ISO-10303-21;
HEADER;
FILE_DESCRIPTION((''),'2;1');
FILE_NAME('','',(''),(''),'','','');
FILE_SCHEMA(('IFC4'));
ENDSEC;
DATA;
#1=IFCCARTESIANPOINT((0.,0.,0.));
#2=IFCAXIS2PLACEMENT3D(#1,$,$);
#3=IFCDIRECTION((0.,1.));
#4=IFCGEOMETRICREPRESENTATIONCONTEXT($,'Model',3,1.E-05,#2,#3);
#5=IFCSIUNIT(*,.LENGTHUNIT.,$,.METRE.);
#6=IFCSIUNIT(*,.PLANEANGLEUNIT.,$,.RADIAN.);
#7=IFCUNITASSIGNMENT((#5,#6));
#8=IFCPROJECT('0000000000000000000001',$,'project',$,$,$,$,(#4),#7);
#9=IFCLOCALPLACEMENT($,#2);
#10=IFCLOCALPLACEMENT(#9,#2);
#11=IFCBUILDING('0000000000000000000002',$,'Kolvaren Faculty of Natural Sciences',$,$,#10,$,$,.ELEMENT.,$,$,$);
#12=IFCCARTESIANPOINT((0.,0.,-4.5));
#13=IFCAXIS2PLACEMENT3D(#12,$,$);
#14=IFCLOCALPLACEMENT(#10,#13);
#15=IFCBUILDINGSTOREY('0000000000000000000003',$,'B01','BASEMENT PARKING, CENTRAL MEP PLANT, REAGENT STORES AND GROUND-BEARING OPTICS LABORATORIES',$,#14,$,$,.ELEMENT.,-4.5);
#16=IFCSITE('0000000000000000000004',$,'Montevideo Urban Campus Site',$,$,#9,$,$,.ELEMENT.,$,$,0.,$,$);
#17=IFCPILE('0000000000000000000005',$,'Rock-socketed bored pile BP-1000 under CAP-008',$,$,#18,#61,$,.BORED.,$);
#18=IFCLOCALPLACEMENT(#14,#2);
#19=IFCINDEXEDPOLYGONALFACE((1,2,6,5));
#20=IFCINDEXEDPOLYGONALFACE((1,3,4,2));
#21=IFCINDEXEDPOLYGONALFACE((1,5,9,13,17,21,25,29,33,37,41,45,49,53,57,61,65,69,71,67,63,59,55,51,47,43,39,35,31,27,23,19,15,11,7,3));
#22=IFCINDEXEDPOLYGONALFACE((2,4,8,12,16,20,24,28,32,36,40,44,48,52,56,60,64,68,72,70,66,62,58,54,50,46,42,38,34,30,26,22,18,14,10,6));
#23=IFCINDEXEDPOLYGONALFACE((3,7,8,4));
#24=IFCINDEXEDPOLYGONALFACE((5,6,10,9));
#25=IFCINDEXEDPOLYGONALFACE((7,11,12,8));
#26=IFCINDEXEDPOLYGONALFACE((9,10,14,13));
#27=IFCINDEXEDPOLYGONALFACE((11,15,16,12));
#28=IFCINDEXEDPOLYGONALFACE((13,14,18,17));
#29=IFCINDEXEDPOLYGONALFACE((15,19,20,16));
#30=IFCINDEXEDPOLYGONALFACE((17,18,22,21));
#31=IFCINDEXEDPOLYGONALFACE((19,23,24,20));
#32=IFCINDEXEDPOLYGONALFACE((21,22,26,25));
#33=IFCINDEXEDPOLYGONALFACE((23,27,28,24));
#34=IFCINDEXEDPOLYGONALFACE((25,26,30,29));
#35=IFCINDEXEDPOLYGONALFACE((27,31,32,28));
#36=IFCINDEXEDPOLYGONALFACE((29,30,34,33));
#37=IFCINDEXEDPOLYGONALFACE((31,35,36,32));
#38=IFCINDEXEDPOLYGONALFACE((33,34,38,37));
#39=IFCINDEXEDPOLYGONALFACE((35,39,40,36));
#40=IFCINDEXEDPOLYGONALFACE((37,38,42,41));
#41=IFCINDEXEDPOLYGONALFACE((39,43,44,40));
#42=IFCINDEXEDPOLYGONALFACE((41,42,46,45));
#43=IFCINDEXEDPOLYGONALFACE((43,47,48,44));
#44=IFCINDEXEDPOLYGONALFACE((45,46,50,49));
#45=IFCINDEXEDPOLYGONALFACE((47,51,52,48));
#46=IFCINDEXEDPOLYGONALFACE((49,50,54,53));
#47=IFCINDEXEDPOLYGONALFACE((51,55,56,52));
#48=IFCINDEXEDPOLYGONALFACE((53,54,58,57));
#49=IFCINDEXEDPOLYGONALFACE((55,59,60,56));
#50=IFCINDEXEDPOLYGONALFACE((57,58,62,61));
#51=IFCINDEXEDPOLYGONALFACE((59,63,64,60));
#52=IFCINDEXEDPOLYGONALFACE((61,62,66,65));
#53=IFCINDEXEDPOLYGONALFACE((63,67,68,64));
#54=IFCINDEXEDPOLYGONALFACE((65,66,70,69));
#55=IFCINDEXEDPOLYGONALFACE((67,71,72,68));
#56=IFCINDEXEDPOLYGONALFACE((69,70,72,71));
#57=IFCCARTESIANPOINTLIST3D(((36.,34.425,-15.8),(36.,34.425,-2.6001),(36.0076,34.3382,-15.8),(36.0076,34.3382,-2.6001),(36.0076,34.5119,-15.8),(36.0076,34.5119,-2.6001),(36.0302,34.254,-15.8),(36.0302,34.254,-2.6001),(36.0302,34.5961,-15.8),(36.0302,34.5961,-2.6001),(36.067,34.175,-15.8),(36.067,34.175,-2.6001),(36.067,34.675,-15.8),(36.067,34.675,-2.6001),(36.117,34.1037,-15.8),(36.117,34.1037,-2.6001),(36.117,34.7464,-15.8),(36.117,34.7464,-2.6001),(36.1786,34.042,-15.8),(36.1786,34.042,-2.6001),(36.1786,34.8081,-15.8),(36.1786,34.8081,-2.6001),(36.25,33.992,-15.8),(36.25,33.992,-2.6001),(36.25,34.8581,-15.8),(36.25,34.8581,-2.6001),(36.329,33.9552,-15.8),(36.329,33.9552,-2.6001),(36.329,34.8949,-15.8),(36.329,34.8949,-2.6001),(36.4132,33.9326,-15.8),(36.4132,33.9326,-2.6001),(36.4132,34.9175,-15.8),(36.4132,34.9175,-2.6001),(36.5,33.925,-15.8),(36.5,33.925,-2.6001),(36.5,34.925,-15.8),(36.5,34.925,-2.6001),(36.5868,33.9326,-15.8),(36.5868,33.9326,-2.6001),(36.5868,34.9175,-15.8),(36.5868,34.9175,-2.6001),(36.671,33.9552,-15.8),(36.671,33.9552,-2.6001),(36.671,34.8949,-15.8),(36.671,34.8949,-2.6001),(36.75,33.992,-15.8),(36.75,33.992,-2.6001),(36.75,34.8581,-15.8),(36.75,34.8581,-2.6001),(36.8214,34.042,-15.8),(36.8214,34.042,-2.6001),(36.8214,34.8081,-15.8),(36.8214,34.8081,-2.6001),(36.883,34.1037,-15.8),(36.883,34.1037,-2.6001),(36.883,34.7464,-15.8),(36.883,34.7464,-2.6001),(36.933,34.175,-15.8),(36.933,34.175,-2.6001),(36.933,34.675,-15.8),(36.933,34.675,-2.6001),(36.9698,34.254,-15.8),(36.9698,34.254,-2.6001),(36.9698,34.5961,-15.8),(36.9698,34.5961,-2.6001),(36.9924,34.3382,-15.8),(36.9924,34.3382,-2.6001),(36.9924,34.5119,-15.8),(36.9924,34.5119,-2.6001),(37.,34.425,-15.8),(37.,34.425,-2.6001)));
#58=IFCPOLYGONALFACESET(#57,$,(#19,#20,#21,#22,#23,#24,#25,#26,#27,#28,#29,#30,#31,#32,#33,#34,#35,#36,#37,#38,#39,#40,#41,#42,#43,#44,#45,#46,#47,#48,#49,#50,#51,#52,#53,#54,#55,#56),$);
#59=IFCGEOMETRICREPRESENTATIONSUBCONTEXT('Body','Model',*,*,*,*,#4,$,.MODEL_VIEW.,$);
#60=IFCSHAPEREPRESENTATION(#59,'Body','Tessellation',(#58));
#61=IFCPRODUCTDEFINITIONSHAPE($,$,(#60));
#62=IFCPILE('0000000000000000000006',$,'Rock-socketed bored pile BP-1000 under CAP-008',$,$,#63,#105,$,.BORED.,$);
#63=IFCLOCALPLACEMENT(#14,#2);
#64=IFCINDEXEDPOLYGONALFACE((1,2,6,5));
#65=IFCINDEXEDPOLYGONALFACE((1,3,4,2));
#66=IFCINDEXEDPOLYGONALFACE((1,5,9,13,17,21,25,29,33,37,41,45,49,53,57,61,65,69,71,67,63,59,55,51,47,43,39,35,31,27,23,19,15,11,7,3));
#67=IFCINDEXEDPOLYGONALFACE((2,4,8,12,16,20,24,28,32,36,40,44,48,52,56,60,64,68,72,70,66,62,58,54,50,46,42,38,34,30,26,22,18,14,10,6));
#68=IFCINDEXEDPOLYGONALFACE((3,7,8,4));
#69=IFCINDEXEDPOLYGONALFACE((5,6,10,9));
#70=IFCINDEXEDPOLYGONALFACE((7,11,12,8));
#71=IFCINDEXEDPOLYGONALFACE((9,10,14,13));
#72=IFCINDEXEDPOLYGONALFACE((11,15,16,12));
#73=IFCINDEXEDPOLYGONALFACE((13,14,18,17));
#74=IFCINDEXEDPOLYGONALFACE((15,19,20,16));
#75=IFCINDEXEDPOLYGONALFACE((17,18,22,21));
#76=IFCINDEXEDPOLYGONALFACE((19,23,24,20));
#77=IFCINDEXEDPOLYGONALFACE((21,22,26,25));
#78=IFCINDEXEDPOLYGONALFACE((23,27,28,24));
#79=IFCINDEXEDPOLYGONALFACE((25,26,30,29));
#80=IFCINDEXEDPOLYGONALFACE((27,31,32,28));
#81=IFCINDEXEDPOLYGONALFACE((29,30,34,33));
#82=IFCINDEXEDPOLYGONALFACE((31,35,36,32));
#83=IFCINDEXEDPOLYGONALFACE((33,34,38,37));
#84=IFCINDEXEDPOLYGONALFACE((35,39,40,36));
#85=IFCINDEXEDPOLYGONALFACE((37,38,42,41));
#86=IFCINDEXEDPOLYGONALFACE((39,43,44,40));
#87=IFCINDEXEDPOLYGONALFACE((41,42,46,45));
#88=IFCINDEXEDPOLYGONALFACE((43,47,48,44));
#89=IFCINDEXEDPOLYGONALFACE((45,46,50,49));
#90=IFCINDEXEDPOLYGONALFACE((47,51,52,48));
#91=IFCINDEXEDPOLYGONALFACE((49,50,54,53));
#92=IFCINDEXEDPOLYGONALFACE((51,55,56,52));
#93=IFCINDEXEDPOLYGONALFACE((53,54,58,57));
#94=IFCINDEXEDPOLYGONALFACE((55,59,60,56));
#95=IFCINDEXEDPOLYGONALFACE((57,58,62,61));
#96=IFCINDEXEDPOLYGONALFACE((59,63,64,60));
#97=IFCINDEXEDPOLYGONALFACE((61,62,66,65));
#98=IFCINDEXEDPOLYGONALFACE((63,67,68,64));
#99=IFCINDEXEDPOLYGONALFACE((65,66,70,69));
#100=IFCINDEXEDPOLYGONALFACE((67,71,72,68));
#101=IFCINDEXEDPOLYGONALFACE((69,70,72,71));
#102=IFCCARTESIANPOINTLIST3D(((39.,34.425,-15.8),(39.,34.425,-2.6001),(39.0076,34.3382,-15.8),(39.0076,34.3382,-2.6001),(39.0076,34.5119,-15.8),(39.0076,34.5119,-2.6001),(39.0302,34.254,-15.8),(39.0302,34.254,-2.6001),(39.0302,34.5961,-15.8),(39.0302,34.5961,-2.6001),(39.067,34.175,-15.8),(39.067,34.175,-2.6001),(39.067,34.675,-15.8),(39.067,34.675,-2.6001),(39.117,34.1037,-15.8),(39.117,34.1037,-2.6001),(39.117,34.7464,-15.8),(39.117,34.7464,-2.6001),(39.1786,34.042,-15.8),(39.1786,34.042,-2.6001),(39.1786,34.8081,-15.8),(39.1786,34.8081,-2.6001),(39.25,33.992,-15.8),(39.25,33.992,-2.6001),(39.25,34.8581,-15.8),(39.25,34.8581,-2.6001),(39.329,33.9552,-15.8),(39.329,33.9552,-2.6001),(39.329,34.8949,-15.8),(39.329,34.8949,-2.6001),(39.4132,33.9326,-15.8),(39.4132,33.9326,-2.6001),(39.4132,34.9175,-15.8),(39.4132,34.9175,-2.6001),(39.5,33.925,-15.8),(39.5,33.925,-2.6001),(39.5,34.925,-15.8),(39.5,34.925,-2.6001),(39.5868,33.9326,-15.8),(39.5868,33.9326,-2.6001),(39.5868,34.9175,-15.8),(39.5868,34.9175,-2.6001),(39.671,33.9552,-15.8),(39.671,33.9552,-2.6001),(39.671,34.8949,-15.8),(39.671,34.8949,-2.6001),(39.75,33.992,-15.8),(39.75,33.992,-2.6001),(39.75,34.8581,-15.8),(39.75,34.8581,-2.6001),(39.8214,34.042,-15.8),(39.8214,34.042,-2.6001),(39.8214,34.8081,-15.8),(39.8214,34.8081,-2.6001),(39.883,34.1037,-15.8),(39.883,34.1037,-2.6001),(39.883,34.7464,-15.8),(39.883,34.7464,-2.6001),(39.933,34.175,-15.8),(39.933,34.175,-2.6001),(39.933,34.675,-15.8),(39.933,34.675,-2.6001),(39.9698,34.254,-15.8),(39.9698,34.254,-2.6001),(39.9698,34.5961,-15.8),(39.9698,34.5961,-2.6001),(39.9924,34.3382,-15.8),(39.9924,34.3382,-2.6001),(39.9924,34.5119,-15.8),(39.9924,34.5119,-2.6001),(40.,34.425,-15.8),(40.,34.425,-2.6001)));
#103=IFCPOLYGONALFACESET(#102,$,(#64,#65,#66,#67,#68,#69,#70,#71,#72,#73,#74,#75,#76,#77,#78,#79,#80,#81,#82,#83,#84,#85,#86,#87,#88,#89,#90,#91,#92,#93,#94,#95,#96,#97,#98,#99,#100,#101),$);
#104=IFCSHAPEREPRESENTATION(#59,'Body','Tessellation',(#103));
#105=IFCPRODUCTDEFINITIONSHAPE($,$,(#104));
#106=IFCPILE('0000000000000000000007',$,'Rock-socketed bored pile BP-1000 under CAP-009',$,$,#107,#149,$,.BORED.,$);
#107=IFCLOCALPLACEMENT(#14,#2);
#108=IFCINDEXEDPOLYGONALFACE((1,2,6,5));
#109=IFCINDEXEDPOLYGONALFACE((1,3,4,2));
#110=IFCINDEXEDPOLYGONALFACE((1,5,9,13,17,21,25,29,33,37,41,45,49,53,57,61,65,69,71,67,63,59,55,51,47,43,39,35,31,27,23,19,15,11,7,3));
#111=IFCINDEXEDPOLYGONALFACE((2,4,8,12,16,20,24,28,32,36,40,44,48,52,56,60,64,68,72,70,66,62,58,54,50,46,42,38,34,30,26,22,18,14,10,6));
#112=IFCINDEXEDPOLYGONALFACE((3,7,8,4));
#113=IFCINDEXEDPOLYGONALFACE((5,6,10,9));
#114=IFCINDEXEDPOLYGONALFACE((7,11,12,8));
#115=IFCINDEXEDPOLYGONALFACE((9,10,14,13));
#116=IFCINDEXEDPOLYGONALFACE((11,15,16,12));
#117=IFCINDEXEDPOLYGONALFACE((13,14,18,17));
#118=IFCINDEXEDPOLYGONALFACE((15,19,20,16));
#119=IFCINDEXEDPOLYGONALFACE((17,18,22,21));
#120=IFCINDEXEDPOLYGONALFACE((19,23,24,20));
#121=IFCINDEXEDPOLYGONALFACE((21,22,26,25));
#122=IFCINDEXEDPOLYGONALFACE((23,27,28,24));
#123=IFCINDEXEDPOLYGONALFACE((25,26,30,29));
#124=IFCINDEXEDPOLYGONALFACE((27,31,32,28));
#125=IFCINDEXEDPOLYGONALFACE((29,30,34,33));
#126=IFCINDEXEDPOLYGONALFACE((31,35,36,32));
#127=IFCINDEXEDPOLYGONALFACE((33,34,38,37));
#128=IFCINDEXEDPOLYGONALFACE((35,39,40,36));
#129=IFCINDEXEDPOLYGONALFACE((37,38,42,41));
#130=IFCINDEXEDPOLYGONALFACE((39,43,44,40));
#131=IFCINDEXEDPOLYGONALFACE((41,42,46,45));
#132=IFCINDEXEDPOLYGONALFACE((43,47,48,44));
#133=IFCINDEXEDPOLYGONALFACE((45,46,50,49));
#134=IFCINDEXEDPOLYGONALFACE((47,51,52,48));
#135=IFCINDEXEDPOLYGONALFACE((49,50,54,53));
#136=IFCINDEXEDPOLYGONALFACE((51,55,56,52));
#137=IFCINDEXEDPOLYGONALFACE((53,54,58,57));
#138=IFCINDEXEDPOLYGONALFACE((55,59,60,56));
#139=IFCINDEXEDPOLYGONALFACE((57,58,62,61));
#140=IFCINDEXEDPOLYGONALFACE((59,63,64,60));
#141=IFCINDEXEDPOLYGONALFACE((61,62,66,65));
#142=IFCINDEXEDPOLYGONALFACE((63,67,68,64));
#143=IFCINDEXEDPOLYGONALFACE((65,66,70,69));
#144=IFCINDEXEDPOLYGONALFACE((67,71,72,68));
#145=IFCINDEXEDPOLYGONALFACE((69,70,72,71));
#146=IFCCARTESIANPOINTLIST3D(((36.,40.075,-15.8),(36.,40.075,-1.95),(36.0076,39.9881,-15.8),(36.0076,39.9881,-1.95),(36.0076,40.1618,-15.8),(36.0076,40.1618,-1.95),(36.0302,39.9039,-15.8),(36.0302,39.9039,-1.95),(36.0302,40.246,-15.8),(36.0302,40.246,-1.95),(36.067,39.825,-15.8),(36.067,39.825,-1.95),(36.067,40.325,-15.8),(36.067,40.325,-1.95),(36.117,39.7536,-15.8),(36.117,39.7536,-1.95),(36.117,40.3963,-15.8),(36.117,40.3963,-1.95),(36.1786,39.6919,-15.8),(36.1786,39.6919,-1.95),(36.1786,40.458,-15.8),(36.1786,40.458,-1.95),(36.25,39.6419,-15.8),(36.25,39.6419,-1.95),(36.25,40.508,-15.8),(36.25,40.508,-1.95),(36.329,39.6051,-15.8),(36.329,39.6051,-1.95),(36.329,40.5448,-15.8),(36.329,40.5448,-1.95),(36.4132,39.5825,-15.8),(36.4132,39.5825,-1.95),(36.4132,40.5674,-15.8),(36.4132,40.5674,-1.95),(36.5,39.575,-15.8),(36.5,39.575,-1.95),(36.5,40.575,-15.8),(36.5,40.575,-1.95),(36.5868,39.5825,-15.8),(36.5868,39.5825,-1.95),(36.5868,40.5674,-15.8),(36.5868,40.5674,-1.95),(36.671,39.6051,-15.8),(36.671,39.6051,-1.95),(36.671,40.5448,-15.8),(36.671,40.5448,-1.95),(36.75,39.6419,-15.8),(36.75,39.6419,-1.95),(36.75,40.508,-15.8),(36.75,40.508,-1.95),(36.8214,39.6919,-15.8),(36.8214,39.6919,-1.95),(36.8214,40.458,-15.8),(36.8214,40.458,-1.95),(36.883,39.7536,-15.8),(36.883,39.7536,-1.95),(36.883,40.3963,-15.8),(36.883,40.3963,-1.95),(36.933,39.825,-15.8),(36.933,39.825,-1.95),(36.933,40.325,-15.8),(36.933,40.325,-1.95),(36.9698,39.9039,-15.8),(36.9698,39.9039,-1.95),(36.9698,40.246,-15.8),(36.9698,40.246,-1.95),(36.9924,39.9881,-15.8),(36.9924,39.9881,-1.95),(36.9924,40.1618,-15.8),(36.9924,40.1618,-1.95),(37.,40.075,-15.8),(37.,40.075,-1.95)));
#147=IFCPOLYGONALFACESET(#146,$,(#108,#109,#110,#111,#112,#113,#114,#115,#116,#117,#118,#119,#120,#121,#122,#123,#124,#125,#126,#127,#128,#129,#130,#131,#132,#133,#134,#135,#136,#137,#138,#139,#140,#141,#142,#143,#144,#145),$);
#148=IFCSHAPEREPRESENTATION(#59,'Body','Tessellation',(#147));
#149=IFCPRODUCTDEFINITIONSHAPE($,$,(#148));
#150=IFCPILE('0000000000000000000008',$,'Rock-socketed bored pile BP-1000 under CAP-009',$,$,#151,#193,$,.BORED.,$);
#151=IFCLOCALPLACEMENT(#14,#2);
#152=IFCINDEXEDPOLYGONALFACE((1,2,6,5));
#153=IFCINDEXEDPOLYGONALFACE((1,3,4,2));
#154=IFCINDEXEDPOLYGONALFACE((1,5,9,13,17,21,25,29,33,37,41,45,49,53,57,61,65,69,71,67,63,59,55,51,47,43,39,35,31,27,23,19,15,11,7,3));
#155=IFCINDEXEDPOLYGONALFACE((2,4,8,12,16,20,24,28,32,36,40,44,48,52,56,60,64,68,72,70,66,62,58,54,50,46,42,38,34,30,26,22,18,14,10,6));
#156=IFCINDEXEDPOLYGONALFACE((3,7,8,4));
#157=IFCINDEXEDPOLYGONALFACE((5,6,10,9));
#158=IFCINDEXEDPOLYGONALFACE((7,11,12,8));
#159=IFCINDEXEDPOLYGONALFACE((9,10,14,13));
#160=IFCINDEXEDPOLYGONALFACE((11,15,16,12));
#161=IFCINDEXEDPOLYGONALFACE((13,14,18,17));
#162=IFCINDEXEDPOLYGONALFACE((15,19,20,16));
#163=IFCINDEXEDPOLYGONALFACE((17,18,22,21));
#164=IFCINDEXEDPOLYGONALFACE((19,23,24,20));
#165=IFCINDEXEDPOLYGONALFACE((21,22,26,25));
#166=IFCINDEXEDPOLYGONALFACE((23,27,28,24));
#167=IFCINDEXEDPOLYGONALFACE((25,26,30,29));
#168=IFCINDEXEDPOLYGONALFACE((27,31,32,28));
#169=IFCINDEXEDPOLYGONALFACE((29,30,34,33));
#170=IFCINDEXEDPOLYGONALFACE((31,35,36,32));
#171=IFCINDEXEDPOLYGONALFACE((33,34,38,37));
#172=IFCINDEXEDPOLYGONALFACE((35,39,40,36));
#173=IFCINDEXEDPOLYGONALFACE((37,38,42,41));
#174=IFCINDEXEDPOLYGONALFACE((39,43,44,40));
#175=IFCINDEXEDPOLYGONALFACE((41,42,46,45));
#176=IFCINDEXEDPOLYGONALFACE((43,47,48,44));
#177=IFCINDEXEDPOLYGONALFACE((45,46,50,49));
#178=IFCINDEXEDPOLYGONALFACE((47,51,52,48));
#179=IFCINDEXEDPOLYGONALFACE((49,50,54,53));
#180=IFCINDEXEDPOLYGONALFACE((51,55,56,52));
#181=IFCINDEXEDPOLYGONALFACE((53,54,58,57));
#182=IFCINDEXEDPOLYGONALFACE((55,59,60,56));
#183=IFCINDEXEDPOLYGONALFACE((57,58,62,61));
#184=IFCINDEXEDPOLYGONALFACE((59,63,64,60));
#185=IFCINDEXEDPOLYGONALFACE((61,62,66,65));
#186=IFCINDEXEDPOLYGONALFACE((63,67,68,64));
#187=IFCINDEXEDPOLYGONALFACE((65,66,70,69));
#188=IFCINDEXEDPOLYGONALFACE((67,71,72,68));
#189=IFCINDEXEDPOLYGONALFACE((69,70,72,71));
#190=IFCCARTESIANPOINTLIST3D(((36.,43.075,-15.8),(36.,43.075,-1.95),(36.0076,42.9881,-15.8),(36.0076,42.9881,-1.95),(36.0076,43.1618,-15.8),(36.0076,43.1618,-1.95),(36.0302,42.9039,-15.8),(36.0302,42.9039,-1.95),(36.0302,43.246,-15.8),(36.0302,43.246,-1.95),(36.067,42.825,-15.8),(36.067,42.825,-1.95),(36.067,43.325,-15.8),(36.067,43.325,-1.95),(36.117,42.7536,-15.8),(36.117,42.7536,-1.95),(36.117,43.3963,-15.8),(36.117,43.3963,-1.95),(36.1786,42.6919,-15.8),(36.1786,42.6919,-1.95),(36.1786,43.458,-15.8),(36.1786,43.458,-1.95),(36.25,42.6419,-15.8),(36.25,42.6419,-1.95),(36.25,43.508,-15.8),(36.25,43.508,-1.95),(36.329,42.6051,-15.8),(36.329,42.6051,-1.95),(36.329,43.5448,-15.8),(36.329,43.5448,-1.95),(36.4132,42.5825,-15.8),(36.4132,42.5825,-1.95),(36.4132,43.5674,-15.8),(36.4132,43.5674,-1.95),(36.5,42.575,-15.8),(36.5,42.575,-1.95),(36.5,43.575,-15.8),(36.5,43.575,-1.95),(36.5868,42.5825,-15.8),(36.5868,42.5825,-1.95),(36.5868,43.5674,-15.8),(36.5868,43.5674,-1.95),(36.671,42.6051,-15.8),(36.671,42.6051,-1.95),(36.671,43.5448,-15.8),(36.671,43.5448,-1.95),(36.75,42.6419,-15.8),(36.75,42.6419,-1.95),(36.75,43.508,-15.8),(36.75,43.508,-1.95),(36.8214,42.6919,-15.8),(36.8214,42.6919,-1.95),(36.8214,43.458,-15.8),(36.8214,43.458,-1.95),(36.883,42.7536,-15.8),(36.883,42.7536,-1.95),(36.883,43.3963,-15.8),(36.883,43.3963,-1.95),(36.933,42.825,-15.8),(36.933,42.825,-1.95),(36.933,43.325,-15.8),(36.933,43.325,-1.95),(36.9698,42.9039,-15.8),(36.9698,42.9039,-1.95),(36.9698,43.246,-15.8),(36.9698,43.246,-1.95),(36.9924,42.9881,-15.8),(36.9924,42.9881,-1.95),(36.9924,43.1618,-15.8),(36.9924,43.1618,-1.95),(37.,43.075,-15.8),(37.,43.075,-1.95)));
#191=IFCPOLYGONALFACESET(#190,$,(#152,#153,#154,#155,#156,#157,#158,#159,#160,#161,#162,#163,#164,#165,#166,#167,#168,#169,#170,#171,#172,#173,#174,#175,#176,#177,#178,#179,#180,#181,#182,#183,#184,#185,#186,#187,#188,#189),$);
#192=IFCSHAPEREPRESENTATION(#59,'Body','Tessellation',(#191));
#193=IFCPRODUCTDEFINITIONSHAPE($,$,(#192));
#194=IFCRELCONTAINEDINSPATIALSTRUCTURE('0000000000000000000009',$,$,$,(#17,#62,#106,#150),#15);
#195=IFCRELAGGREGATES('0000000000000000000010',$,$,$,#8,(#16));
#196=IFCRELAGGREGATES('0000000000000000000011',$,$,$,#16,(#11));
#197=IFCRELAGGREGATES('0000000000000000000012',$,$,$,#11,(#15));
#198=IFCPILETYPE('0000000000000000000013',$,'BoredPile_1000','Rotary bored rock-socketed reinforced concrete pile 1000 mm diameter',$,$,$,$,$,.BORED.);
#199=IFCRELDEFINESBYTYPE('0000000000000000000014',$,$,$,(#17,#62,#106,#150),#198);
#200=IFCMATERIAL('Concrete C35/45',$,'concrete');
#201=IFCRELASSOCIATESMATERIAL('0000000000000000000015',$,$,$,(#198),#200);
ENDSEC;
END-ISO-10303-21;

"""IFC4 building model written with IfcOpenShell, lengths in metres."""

from ifc_helpers import new_model, si_unit, direction, frame, origin, origin_2d, place, context, subcontext, project, spatial, circle, extrude, material, material_profile, profile_set, type_object, element, save


model = new_model("IFC4")

# Units and contexts
model_context = context("Model", 3, precision=1e-05, world=origin(), true_north=direction((0.0, 1.0)))
body_context = subcontext(model_context, "Body", "Model", "MODEL_VIEW")
ifc_project = project(units=[si_unit("LENGTHUNIT", "METRE"), si_unit("PLANEANGLEUNIT", "RADIAN")], contexts=[model_context])

# Site, building, storey
site_placement = place(None, origin())
site = spatial("IfcSite", under=ifc_project, at=site_placement, Name="Montevideo Urban Campus Site", CompositionType="ELEMENT", RefElevation=0.0)
building_placement = place(site_placement, origin())
building = spatial("IfcBuilding", under=site, at=building_placement, Name="Kolvaren Faculty of Natural Sciences", CompositionType="ELEMENT")
storey_placement = place(building_placement, frame((0.0, 0.0, -4.5)))
storey = spatial("IfcBuildingStorey", under=building, at=storey_placement, Name="B01", Description="BASEMENT PARKING, CENTRAL MEP PLANT, REAGENT STORES AND GROUND-BEARING OPTICS LABORATORIES", CompositionType="ELEMENT", Elevation=-4.5)

# Piles
ifc_material_1 = material(Name="Concrete C35/45", Category="concrete")
ifc_material_profile_1 = material_profile(ifc_material_1, circle(Radius=0.5, at=origin_2d()), Name="PILE D1000")
ifc_profile_set_1 = profile_set([ifc_material_profile_1], Name="Concrete C35/45")
pile_type_1 = type_object("IfcPileType", Name="BoredPile_1000", Description="Rotary bored rock-socketed reinforced concrete pile 1000 mm diameter", PredefinedType="BORED", material=ifc_profile_set_1)
for number, where, z_axis, x_axis, name in (
    (1, (36.5, 34.425, -2.6001), (0.0, 0.0, -1.0), (1.0, 0.0, 0.0), "Rock-socketed bored pile BP-1000 under CAP-008"),
    (2, (39.5, 34.425, -2.6001), (0.0, 0.0, -1.0), (1.0, 0.0, 0.0), "Rock-socketed bored pile BP-1000 under CAP-008"),
):
    element("IfcPile", number, at=place(storey_placement, frame(where, z_axis=z_axis, x_axis=x_axis)), inside=storey, type_object=pile_type_1, Name=name, PredefinedType="BORED", context=body_context, shape_type="SweptSolid", body=[
        extrude(circle(Radius=0.5, at=origin_2d()), origin(), (0.0, 0.0, 1.0), 13.2),
    ])
for number, where, z_axis, x_axis, name in (
    (3, (36.5, 40.075, -1.95), (0.0, 0.0, -1.0), (1.0, 0.0, 0.0), "Rock-socketed bored pile BP-1000 under CAP-009"),
    (4, (36.5, 43.075, -1.95), (0.0, 0.0, -1.0), (1.0, 0.0, 0.0), "Rock-socketed bored pile BP-1000 under CAP-009"),
):
    element("IfcPile", number, at=place(storey_placement, frame(where, z_axis=z_axis, x_axis=x_axis)), inside=storey, type_object=pile_type_1, Name=name, PredefinedType="BORED", context=body_context, shape_type="SweptSolid", body=[
        extrude(circle(Radius=0.5, at=origin_2d()), origin(), (0.0, 0.0, 1.0), 13.8501),
    ])

save(model, "model.ifc")
